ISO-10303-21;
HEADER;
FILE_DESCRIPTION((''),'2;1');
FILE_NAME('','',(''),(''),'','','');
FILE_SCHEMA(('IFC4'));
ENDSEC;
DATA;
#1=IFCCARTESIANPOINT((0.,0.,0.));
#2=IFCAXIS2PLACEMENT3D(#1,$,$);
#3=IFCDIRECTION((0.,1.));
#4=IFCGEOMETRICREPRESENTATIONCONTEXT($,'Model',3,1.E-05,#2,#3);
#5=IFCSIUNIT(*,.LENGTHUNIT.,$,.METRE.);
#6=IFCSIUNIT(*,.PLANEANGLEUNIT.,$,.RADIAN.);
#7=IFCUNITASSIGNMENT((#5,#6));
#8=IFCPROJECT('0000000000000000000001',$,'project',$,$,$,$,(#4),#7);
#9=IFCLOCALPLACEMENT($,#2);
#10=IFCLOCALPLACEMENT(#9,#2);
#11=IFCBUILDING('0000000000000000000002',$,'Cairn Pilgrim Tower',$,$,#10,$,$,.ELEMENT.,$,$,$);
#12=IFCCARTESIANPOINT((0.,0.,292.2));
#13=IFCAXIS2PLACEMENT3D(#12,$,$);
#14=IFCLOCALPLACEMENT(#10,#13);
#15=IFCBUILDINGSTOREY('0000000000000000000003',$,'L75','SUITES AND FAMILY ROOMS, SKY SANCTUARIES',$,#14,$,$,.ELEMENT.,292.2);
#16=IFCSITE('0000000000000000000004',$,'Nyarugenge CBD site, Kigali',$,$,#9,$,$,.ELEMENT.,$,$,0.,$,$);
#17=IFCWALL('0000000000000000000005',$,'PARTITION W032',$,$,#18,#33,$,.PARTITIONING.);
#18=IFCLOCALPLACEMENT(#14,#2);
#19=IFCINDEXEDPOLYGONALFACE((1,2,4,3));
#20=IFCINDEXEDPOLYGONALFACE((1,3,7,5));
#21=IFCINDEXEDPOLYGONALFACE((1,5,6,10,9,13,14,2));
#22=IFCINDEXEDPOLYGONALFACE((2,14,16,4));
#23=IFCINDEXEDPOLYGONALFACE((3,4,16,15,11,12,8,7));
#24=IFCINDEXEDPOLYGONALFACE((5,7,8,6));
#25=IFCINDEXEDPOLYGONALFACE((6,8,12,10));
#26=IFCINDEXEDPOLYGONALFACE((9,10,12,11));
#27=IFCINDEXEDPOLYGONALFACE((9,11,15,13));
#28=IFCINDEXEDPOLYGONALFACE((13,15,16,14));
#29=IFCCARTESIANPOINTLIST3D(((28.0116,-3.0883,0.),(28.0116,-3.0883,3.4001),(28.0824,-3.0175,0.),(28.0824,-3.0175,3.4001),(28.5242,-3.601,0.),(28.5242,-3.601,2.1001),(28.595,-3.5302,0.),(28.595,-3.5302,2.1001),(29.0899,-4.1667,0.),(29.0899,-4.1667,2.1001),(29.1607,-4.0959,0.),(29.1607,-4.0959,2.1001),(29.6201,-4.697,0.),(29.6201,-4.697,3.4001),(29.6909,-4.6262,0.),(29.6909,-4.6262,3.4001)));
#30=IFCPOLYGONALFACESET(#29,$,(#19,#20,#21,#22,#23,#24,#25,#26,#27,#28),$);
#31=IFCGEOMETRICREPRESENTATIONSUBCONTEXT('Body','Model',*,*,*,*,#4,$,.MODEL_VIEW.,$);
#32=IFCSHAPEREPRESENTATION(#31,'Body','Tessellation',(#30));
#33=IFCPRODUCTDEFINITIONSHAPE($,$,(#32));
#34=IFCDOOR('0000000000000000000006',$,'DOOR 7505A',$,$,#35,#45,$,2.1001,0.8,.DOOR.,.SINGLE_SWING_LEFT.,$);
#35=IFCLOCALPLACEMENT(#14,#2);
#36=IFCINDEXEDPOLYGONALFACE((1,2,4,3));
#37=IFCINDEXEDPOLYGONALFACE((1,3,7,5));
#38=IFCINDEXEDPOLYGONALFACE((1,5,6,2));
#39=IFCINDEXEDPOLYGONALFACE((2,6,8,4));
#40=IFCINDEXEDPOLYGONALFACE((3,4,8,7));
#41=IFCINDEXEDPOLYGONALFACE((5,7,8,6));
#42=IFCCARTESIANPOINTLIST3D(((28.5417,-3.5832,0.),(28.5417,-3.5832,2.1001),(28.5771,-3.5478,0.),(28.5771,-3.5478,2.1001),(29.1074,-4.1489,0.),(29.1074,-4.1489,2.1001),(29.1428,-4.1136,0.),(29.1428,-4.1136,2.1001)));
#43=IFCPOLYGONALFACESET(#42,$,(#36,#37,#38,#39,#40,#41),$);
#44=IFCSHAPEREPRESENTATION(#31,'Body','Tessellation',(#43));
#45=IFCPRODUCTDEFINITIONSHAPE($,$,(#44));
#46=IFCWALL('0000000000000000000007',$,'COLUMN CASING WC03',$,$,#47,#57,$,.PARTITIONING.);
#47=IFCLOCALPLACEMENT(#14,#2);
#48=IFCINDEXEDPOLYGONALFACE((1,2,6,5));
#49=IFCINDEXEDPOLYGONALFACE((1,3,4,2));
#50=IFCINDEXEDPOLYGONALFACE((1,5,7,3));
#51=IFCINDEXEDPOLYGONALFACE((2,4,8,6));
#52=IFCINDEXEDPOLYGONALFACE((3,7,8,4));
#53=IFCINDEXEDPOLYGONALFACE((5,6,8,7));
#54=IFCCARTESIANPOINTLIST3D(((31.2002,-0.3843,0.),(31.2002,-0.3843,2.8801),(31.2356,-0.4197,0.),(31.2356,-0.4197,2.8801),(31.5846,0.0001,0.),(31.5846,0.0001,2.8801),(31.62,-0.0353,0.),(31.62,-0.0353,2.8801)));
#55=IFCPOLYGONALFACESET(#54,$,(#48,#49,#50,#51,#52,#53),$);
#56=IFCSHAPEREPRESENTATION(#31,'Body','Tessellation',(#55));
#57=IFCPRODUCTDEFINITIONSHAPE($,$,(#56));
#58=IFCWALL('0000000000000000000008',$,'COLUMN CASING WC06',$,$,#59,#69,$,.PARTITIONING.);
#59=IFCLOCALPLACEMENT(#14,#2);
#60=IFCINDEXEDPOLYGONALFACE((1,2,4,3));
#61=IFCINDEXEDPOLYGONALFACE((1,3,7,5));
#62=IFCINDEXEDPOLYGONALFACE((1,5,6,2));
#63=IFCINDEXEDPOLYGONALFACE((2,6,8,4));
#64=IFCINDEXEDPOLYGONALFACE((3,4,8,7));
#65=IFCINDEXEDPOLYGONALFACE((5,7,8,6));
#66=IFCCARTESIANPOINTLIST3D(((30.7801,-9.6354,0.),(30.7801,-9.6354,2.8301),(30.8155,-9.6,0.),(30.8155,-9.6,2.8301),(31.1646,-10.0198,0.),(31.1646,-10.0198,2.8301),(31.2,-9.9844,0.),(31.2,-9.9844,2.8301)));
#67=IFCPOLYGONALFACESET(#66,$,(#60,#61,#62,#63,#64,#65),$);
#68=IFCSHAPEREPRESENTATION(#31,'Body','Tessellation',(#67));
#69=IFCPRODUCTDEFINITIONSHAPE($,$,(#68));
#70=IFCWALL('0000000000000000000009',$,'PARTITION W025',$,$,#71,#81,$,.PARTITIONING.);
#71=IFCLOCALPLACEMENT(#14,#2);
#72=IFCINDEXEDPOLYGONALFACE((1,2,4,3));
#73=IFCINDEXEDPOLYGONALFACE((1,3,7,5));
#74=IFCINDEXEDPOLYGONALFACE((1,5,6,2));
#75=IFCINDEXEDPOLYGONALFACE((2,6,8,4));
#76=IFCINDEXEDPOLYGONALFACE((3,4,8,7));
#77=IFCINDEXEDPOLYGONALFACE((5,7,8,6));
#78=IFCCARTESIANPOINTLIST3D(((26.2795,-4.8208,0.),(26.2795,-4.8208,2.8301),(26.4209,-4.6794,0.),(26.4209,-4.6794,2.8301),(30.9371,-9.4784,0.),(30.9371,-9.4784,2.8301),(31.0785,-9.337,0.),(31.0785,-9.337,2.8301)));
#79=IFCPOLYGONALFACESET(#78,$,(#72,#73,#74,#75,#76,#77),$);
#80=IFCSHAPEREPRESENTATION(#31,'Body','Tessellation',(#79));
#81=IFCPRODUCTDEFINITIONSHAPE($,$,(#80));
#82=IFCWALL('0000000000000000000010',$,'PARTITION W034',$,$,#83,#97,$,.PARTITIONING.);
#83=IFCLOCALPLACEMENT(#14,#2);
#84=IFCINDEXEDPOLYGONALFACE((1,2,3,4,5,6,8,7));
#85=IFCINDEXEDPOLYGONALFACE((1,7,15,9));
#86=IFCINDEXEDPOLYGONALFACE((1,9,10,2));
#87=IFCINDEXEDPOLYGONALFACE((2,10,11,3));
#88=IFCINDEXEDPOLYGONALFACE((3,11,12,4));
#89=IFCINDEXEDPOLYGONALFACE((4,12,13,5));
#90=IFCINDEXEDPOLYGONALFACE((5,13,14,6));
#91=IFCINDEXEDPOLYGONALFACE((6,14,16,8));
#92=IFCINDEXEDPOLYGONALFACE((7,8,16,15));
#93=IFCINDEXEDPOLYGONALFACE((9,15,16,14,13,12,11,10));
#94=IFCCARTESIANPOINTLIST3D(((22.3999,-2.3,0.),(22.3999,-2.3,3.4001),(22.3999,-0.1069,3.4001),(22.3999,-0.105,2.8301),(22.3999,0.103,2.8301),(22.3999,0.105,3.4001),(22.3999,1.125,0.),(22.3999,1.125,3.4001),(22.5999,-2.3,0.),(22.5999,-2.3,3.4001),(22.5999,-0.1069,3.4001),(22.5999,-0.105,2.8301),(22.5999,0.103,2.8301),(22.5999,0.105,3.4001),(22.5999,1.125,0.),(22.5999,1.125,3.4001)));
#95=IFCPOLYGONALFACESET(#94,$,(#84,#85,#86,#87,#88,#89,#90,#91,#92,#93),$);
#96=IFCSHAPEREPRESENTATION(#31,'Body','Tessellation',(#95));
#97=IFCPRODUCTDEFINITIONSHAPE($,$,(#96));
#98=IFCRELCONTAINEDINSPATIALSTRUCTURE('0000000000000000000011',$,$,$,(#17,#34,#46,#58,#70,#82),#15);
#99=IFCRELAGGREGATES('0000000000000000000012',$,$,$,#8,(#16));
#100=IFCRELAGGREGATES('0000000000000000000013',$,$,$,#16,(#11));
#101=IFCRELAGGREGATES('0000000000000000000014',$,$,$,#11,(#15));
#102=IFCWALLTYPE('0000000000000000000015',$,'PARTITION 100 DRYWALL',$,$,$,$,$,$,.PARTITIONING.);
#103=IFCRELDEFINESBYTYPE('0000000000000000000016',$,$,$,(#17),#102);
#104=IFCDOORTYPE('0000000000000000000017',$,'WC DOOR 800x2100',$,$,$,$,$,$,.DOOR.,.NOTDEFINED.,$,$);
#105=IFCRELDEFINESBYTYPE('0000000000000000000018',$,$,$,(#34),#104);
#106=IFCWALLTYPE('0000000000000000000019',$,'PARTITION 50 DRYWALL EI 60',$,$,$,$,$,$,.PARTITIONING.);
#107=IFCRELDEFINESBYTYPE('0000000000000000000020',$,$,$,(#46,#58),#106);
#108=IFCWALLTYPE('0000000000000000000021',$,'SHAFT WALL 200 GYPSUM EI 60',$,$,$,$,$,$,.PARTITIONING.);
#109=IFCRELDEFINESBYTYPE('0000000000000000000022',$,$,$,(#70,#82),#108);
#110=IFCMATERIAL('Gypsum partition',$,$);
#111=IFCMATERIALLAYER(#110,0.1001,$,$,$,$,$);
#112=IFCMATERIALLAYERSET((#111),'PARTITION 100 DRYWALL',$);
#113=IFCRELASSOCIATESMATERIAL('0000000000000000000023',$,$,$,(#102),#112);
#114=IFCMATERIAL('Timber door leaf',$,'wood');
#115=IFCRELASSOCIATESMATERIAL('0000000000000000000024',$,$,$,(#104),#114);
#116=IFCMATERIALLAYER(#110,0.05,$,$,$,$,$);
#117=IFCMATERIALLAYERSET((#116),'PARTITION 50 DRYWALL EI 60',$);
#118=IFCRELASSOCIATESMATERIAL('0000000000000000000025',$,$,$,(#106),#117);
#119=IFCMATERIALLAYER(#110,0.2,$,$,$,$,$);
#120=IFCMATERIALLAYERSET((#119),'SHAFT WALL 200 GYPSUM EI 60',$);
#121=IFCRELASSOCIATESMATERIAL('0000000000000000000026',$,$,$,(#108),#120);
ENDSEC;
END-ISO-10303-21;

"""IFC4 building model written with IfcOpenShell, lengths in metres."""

from ifc_helpers import new_model, si_unit, direction, frame, frame_2d, origin, place, context, subcontext, project, spatial, polyline, rectangle, outline, extrude, material, layer, layer_set, type_object, element, fill, save


model = new_model("IFC4")

# Units and contexts
model_context = context("Model", 3, precision=1e-05, world=origin(), true_north=direction((0.0, 1.0)))
body_context = subcontext(model_context, "Body", "Model", "MODEL_VIEW")
ifc_project = project(units=[si_unit("LENGTHUNIT", "METRE"), si_unit("PLANEANGLEUNIT", "RADIAN")], contexts=[model_context])

# Site, building, storey
site_placement = place(None, origin())
site = spatial("IfcSite", under=ifc_project, at=site_placement, Name="Nyarugenge CBD site, Kigali", CompositionType="ELEMENT", RefElevation=0.0)
building_placement = place(site_placement, origin())
building = spatial("IfcBuilding", under=site, at=building_placement, Name="Cairn Pilgrim Tower", CompositionType="ELEMENT")
storey_placement = place(building_placement, frame((0.0, 0.0, 292.2)))
storey = spatial("IfcBuildingStorey", under=building, at=storey_placement, Name="L75", Description="SUITES AND FAMILY ROOMS, SKY SANCTUARIES", CompositionType="ELEMENT", Elevation=292.2)

# Shared definitions
ifc_material_1 = material(Name="Gypsum partition")
ifc_layer_1 = layer(ifc_material_1, 0.1001)
ifc_layer_set_1 = layer_set([ifc_layer_1], Name="PARTITION 100 DRYWALL")
wall_type_1 = type_object("IfcWallType", Name="PARTITION 100 DRYWALL", PredefinedType="PARTITIONING", material=ifc_layer_set_1)

# Wall, opening, door
wall_1_placement = place(storey_placement, frame((29.6555, -4.6616, 0.0), z_axis=(0.0, 0.0, 1.0), x_axis=(-0.707053, 0.70716, 0.0)))
wall_1 = element("IfcWall", 1, at=wall_1_placement, inside=storey, type_object=wall_type_1, Name="PARTITION W032", PredefinedType="PARTITIONING", context=body_context, shape_type="SweptSolid", body=[
    extrude(rectangle(XDim=2.2749, YDim=0.1001, at=frame_2d((1.1375, 0.0))), origin(), (0.0, 0.0, 1.0), 3.4001),
])
opening_1_placement = place(wall_1_placement, frame((0.75, 0.0, 0.0)))
opening_1 = element("IfcOpeningElement", 2, at=opening_1_placement, cuts=wall_1, PredefinedType="OPENING", context=body_context, shape_type="SweptSolid", body=[
    extrude(rectangle(XDim=0.8, YDim=2.1001, at=frame_2d((0.3999, 1.05))), frame((0.0, 0.0601, 0.0), z_axis=(0.0, -1.0, 0.0), x_axis=(1.0, 0.0, 0.0)), (0.0, 0.0, 1.0), 0.1201),
])
ifc_material_2 = material(Name="Timber door leaf", Category="wood")
door_type_1 = type_object("IfcDoorType", Name="WC DOOR 800x2100", OperationType="NOTDEFINED", PredefinedType="DOOR", material=ifc_material_2)
door_1_placement = place(opening_1_placement, frame((0.8, 0.0, 0.0), z_axis=(0.0, 0.0, 1.0), x_axis=(-1.0, 0.0, 0.0)))
door_1 = element("IfcDoor", 3, at=door_1_placement, inside=storey, type_object=door_type_1, Name="DOOR 7505A", OperationType="SINGLE_SWING_LEFT", OverallHeight=2.1001, OverallWidth=0.8, PredefinedType="DOOR", context=body_context, shape_type="SweptSolid", body=[
    extrude(rectangle(XDim=0.8, YDim=2.1001, at=frame_2d((0.3999, 1.05))), frame((0.0, 0.0249, 0.0), z_axis=(0.0, -1.0, 0.0), x_axis=(1.0, 0.0, 0.0)), (0.0, 0.0, 1.0), 0.05),
])
fill(opening_1, door_1)

# Walls
ifc_layer_2 = layer(ifc_material_1, 0.05)
ifc_layer_set_2 = layer_set([ifc_layer_2], Name="PARTITION 50 DRYWALL EI 60")
wall_type_2 = type_object("IfcWallType", Name="PARTITION 50 DRYWALL EI 60", PredefinedType="PARTITIONING", material=ifc_layer_set_2)
wall_2_placement = place(storey_placement, frame((31.2178, -0.4021, 0.0), z_axis=(0.0, 0.0, 1.0), x_axis=(0.707107, 0.707107, 0.0)))
element("IfcWall", 4, at=wall_2_placement, inside=storey, type_object=wall_type_2, Name="COLUMN CASING WC03", PredefinedType="PARTITIONING", context=body_context, shape_type="SweptSolid", body=[
    extrude(rectangle(XDim=0.5437, YDim=0.05, at=frame_2d((0.272, 0.0))), origin(), (0.0, 0.0, 1.0), 2.8801),
])
wall_3_placement = place(storey_placement, frame((31.1824, -10.0022, 0.0), z_axis=(0.0, 0.0, 1.0), x_axis=(-0.707107, 0.707107, 0.0)))
element("IfcWall", 5, at=wall_3_placement, inside=storey, type_object=wall_type_2, Name="COLUMN CASING WC06", PredefinedType="PARTITIONING", context=body_context, shape_type="SweptSolid", body=[
    extrude(rectangle(XDim=0.5437, YDim=0.05, at=frame_2d((0.272, 0.0))), origin(), (0.0, 0.0, 1.0), 2.8301),
])
ifc_layer_3 = layer(ifc_material_1, 0.2)
ifc_layer_set_3 = layer_set([ifc_layer_3], Name="SHAFT WALL 200 GYPSUM EI 60")
wall_type_3 = type_object("IfcWallType", Name="SHAFT WALL 200 GYPSUM EI 60", PredefinedType="PARTITIONING", material=ifc_layer_set_3)
wall_4_placement = place(storey_placement, frame((31.0078, -9.4077, 0.0), z_axis=(0.0, 0.0, 1.0), x_axis=(-0.707107, 0.707107, 0.0)))
element("IfcWall", 6, at=wall_4_placement, inside=storey, type_object=wall_type_3, Name="PARTITION W025", PredefinedType="PARTITIONING", context=body_context, shape_type="SweptSolid", body=[
    extrude(rectangle(XDim=6.5869, YDim=0.2, at=frame_2d((3.2935, 0.0))), origin(), (0.0, 0.0, 1.0), 2.8301),
])
wall_5_placement = place(storey_placement, frame((22.5, -2.3, 0.0), z_axis=(0.0, 0.0, 1.0), x_axis=(0.0, 1.0, 0.0)))
element("IfcWall", 7, at=wall_5_placement, inside=storey, type_object=wall_type_3, Name="PARTITION W034", PredefinedType="PARTITIONING", context=body_context, shape_type="SweptSolid", body=[
    extrude(outline(polyline([(0.0, 0.0), (3.425, 0.0), (3.425, 3.4001), (2.405, 3.4001), (2.4031, 2.8301), (2.1951, 2.8301), (2.1931, 3.4001), (0.0, 3.4001), (0.0, 0.0)])), frame((0.0, 0.1001, 0.0), z_axis=(0.0, -1.0, 0.0), x_axis=(1.0, 0.0, 0.0)), (0.0, 0.0, 1.0), 0.2),
])

save(model, "model.ifc")
